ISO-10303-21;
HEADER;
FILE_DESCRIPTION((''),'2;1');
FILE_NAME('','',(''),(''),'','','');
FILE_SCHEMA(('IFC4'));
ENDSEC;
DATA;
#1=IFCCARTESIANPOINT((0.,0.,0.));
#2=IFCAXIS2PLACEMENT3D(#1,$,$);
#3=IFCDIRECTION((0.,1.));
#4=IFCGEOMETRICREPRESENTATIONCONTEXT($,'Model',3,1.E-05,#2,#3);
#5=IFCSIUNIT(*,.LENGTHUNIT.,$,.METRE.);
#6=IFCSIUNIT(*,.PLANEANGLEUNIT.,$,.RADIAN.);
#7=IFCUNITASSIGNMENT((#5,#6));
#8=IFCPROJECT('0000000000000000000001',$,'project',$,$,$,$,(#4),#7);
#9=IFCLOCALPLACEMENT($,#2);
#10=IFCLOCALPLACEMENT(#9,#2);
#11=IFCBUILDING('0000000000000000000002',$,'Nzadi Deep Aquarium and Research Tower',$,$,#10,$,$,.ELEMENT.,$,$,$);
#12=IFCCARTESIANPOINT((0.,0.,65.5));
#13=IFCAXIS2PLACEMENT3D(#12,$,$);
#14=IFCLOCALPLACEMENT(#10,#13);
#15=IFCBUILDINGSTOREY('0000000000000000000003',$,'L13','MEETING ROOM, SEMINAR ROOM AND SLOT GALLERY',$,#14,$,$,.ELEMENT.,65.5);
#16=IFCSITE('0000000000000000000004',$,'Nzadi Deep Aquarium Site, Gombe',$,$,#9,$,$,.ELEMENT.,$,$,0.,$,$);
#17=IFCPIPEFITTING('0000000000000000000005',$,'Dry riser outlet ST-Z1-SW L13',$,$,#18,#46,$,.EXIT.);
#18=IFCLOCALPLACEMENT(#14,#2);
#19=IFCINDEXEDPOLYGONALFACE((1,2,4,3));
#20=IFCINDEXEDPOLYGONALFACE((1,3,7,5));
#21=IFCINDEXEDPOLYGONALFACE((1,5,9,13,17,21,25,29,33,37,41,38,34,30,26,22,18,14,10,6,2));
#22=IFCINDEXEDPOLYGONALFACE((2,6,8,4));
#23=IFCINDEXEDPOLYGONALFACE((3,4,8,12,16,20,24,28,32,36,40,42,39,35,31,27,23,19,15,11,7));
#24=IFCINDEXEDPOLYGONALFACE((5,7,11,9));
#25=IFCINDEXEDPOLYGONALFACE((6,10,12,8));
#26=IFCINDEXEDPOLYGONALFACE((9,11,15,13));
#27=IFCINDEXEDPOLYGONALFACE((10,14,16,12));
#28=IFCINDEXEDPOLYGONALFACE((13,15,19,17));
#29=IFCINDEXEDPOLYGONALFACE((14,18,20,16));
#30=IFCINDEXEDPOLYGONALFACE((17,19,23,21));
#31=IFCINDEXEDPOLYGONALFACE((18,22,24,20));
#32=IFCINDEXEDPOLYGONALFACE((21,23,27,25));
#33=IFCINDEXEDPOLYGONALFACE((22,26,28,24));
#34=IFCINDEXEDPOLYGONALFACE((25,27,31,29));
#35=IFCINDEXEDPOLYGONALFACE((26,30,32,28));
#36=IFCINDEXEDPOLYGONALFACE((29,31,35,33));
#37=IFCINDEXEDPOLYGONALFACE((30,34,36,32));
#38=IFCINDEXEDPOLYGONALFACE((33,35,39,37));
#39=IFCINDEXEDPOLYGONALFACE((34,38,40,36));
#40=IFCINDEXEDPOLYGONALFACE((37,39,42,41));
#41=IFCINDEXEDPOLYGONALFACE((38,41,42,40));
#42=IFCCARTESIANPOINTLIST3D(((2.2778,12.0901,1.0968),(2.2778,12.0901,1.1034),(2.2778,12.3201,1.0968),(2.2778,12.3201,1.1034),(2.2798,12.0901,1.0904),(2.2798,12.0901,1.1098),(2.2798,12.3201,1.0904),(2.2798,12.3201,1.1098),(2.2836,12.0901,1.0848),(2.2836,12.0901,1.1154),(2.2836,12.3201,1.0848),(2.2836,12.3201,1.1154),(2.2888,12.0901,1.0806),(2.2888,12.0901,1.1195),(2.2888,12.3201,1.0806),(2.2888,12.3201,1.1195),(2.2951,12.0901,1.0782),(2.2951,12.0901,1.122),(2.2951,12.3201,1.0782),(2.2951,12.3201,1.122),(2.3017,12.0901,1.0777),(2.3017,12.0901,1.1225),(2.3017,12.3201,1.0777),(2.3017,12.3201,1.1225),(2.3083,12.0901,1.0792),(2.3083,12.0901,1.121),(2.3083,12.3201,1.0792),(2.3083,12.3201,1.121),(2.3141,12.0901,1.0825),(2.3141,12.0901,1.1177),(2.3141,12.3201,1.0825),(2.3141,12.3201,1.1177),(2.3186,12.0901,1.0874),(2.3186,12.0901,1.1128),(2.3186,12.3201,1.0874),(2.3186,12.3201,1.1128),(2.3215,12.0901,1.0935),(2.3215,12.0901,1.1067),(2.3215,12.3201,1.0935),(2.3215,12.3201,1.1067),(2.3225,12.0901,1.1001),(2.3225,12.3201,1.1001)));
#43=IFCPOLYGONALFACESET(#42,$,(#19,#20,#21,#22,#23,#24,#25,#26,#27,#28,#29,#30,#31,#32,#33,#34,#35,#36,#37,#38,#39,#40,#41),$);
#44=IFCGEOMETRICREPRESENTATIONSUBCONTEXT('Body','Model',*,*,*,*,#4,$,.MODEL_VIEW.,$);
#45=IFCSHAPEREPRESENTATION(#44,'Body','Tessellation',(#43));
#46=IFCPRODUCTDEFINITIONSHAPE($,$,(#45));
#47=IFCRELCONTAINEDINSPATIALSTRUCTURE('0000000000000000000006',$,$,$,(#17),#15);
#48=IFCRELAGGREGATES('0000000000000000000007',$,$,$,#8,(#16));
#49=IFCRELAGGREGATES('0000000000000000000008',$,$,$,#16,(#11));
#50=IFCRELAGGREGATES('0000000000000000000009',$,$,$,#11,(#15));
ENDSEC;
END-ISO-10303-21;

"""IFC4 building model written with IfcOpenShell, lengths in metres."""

from ifc_helpers import new_model, si_unit, direction, frame, origin, origin_2d, place, context, subcontext, project, spatial, circle, extrude, element, save


model = new_model("IFC4")

# Units and contexts
model_context = context("Model", 3, precision=1e-05, world=origin(), true_north=direction((0.0, 1.0)))
body_context = subcontext(model_context, "Body", "Model", "MODEL_VIEW")
ifc_project = project(units=[si_unit("LENGTHUNIT", "METRE"), si_unit("PLANEANGLEUNIT", "RADIAN")], contexts=[model_context])

# Site, building, storey
site_placement = place(None, origin())
site = spatial("IfcSite", under=ifc_project, at=site_placement, Name="Nzadi Deep Aquarium Site, Gombe", CompositionType="ELEMENT", RefElevation=0.0)
building_placement = place(site_placement, origin())
building = spatial("IfcBuilding", under=site, at=building_placement, Name="Nzadi Deep Aquarium and Research Tower", CompositionType="ELEMENT")
storey_placement = place(building_placement, frame((0.0, 0.0, 65.5)))
storey = spatial("IfcBuildingStorey", under=building, at=storey_placement, Name="L13", Description="MEETING ROOM, SEMINAR ROOM AND SLOT GALLERY", CompositionType="ELEMENT", Elevation=65.5)

# Pipe fitting
pipe_fitting_placement = place(storey_placement, frame((2.3, 12.3201, 1.1001), z_axis=(0.0, -1.0, 0.0), x_axis=(1.0, 0.0, 0.0)))
element("IfcPipeFitting", 1, at=pipe_fitting_placement, inside=storey, Name="Dry riser outlet ST-Z1-SW L13", PredefinedType="EXIT", context=body_context, shape_type="SweptSolid", body=[
    extrude(circle(Radius=0.0225, at=origin_2d()), origin(), (0.0, 0.0, 1.0), 0.23),
])

save(model, "model.ifc")
